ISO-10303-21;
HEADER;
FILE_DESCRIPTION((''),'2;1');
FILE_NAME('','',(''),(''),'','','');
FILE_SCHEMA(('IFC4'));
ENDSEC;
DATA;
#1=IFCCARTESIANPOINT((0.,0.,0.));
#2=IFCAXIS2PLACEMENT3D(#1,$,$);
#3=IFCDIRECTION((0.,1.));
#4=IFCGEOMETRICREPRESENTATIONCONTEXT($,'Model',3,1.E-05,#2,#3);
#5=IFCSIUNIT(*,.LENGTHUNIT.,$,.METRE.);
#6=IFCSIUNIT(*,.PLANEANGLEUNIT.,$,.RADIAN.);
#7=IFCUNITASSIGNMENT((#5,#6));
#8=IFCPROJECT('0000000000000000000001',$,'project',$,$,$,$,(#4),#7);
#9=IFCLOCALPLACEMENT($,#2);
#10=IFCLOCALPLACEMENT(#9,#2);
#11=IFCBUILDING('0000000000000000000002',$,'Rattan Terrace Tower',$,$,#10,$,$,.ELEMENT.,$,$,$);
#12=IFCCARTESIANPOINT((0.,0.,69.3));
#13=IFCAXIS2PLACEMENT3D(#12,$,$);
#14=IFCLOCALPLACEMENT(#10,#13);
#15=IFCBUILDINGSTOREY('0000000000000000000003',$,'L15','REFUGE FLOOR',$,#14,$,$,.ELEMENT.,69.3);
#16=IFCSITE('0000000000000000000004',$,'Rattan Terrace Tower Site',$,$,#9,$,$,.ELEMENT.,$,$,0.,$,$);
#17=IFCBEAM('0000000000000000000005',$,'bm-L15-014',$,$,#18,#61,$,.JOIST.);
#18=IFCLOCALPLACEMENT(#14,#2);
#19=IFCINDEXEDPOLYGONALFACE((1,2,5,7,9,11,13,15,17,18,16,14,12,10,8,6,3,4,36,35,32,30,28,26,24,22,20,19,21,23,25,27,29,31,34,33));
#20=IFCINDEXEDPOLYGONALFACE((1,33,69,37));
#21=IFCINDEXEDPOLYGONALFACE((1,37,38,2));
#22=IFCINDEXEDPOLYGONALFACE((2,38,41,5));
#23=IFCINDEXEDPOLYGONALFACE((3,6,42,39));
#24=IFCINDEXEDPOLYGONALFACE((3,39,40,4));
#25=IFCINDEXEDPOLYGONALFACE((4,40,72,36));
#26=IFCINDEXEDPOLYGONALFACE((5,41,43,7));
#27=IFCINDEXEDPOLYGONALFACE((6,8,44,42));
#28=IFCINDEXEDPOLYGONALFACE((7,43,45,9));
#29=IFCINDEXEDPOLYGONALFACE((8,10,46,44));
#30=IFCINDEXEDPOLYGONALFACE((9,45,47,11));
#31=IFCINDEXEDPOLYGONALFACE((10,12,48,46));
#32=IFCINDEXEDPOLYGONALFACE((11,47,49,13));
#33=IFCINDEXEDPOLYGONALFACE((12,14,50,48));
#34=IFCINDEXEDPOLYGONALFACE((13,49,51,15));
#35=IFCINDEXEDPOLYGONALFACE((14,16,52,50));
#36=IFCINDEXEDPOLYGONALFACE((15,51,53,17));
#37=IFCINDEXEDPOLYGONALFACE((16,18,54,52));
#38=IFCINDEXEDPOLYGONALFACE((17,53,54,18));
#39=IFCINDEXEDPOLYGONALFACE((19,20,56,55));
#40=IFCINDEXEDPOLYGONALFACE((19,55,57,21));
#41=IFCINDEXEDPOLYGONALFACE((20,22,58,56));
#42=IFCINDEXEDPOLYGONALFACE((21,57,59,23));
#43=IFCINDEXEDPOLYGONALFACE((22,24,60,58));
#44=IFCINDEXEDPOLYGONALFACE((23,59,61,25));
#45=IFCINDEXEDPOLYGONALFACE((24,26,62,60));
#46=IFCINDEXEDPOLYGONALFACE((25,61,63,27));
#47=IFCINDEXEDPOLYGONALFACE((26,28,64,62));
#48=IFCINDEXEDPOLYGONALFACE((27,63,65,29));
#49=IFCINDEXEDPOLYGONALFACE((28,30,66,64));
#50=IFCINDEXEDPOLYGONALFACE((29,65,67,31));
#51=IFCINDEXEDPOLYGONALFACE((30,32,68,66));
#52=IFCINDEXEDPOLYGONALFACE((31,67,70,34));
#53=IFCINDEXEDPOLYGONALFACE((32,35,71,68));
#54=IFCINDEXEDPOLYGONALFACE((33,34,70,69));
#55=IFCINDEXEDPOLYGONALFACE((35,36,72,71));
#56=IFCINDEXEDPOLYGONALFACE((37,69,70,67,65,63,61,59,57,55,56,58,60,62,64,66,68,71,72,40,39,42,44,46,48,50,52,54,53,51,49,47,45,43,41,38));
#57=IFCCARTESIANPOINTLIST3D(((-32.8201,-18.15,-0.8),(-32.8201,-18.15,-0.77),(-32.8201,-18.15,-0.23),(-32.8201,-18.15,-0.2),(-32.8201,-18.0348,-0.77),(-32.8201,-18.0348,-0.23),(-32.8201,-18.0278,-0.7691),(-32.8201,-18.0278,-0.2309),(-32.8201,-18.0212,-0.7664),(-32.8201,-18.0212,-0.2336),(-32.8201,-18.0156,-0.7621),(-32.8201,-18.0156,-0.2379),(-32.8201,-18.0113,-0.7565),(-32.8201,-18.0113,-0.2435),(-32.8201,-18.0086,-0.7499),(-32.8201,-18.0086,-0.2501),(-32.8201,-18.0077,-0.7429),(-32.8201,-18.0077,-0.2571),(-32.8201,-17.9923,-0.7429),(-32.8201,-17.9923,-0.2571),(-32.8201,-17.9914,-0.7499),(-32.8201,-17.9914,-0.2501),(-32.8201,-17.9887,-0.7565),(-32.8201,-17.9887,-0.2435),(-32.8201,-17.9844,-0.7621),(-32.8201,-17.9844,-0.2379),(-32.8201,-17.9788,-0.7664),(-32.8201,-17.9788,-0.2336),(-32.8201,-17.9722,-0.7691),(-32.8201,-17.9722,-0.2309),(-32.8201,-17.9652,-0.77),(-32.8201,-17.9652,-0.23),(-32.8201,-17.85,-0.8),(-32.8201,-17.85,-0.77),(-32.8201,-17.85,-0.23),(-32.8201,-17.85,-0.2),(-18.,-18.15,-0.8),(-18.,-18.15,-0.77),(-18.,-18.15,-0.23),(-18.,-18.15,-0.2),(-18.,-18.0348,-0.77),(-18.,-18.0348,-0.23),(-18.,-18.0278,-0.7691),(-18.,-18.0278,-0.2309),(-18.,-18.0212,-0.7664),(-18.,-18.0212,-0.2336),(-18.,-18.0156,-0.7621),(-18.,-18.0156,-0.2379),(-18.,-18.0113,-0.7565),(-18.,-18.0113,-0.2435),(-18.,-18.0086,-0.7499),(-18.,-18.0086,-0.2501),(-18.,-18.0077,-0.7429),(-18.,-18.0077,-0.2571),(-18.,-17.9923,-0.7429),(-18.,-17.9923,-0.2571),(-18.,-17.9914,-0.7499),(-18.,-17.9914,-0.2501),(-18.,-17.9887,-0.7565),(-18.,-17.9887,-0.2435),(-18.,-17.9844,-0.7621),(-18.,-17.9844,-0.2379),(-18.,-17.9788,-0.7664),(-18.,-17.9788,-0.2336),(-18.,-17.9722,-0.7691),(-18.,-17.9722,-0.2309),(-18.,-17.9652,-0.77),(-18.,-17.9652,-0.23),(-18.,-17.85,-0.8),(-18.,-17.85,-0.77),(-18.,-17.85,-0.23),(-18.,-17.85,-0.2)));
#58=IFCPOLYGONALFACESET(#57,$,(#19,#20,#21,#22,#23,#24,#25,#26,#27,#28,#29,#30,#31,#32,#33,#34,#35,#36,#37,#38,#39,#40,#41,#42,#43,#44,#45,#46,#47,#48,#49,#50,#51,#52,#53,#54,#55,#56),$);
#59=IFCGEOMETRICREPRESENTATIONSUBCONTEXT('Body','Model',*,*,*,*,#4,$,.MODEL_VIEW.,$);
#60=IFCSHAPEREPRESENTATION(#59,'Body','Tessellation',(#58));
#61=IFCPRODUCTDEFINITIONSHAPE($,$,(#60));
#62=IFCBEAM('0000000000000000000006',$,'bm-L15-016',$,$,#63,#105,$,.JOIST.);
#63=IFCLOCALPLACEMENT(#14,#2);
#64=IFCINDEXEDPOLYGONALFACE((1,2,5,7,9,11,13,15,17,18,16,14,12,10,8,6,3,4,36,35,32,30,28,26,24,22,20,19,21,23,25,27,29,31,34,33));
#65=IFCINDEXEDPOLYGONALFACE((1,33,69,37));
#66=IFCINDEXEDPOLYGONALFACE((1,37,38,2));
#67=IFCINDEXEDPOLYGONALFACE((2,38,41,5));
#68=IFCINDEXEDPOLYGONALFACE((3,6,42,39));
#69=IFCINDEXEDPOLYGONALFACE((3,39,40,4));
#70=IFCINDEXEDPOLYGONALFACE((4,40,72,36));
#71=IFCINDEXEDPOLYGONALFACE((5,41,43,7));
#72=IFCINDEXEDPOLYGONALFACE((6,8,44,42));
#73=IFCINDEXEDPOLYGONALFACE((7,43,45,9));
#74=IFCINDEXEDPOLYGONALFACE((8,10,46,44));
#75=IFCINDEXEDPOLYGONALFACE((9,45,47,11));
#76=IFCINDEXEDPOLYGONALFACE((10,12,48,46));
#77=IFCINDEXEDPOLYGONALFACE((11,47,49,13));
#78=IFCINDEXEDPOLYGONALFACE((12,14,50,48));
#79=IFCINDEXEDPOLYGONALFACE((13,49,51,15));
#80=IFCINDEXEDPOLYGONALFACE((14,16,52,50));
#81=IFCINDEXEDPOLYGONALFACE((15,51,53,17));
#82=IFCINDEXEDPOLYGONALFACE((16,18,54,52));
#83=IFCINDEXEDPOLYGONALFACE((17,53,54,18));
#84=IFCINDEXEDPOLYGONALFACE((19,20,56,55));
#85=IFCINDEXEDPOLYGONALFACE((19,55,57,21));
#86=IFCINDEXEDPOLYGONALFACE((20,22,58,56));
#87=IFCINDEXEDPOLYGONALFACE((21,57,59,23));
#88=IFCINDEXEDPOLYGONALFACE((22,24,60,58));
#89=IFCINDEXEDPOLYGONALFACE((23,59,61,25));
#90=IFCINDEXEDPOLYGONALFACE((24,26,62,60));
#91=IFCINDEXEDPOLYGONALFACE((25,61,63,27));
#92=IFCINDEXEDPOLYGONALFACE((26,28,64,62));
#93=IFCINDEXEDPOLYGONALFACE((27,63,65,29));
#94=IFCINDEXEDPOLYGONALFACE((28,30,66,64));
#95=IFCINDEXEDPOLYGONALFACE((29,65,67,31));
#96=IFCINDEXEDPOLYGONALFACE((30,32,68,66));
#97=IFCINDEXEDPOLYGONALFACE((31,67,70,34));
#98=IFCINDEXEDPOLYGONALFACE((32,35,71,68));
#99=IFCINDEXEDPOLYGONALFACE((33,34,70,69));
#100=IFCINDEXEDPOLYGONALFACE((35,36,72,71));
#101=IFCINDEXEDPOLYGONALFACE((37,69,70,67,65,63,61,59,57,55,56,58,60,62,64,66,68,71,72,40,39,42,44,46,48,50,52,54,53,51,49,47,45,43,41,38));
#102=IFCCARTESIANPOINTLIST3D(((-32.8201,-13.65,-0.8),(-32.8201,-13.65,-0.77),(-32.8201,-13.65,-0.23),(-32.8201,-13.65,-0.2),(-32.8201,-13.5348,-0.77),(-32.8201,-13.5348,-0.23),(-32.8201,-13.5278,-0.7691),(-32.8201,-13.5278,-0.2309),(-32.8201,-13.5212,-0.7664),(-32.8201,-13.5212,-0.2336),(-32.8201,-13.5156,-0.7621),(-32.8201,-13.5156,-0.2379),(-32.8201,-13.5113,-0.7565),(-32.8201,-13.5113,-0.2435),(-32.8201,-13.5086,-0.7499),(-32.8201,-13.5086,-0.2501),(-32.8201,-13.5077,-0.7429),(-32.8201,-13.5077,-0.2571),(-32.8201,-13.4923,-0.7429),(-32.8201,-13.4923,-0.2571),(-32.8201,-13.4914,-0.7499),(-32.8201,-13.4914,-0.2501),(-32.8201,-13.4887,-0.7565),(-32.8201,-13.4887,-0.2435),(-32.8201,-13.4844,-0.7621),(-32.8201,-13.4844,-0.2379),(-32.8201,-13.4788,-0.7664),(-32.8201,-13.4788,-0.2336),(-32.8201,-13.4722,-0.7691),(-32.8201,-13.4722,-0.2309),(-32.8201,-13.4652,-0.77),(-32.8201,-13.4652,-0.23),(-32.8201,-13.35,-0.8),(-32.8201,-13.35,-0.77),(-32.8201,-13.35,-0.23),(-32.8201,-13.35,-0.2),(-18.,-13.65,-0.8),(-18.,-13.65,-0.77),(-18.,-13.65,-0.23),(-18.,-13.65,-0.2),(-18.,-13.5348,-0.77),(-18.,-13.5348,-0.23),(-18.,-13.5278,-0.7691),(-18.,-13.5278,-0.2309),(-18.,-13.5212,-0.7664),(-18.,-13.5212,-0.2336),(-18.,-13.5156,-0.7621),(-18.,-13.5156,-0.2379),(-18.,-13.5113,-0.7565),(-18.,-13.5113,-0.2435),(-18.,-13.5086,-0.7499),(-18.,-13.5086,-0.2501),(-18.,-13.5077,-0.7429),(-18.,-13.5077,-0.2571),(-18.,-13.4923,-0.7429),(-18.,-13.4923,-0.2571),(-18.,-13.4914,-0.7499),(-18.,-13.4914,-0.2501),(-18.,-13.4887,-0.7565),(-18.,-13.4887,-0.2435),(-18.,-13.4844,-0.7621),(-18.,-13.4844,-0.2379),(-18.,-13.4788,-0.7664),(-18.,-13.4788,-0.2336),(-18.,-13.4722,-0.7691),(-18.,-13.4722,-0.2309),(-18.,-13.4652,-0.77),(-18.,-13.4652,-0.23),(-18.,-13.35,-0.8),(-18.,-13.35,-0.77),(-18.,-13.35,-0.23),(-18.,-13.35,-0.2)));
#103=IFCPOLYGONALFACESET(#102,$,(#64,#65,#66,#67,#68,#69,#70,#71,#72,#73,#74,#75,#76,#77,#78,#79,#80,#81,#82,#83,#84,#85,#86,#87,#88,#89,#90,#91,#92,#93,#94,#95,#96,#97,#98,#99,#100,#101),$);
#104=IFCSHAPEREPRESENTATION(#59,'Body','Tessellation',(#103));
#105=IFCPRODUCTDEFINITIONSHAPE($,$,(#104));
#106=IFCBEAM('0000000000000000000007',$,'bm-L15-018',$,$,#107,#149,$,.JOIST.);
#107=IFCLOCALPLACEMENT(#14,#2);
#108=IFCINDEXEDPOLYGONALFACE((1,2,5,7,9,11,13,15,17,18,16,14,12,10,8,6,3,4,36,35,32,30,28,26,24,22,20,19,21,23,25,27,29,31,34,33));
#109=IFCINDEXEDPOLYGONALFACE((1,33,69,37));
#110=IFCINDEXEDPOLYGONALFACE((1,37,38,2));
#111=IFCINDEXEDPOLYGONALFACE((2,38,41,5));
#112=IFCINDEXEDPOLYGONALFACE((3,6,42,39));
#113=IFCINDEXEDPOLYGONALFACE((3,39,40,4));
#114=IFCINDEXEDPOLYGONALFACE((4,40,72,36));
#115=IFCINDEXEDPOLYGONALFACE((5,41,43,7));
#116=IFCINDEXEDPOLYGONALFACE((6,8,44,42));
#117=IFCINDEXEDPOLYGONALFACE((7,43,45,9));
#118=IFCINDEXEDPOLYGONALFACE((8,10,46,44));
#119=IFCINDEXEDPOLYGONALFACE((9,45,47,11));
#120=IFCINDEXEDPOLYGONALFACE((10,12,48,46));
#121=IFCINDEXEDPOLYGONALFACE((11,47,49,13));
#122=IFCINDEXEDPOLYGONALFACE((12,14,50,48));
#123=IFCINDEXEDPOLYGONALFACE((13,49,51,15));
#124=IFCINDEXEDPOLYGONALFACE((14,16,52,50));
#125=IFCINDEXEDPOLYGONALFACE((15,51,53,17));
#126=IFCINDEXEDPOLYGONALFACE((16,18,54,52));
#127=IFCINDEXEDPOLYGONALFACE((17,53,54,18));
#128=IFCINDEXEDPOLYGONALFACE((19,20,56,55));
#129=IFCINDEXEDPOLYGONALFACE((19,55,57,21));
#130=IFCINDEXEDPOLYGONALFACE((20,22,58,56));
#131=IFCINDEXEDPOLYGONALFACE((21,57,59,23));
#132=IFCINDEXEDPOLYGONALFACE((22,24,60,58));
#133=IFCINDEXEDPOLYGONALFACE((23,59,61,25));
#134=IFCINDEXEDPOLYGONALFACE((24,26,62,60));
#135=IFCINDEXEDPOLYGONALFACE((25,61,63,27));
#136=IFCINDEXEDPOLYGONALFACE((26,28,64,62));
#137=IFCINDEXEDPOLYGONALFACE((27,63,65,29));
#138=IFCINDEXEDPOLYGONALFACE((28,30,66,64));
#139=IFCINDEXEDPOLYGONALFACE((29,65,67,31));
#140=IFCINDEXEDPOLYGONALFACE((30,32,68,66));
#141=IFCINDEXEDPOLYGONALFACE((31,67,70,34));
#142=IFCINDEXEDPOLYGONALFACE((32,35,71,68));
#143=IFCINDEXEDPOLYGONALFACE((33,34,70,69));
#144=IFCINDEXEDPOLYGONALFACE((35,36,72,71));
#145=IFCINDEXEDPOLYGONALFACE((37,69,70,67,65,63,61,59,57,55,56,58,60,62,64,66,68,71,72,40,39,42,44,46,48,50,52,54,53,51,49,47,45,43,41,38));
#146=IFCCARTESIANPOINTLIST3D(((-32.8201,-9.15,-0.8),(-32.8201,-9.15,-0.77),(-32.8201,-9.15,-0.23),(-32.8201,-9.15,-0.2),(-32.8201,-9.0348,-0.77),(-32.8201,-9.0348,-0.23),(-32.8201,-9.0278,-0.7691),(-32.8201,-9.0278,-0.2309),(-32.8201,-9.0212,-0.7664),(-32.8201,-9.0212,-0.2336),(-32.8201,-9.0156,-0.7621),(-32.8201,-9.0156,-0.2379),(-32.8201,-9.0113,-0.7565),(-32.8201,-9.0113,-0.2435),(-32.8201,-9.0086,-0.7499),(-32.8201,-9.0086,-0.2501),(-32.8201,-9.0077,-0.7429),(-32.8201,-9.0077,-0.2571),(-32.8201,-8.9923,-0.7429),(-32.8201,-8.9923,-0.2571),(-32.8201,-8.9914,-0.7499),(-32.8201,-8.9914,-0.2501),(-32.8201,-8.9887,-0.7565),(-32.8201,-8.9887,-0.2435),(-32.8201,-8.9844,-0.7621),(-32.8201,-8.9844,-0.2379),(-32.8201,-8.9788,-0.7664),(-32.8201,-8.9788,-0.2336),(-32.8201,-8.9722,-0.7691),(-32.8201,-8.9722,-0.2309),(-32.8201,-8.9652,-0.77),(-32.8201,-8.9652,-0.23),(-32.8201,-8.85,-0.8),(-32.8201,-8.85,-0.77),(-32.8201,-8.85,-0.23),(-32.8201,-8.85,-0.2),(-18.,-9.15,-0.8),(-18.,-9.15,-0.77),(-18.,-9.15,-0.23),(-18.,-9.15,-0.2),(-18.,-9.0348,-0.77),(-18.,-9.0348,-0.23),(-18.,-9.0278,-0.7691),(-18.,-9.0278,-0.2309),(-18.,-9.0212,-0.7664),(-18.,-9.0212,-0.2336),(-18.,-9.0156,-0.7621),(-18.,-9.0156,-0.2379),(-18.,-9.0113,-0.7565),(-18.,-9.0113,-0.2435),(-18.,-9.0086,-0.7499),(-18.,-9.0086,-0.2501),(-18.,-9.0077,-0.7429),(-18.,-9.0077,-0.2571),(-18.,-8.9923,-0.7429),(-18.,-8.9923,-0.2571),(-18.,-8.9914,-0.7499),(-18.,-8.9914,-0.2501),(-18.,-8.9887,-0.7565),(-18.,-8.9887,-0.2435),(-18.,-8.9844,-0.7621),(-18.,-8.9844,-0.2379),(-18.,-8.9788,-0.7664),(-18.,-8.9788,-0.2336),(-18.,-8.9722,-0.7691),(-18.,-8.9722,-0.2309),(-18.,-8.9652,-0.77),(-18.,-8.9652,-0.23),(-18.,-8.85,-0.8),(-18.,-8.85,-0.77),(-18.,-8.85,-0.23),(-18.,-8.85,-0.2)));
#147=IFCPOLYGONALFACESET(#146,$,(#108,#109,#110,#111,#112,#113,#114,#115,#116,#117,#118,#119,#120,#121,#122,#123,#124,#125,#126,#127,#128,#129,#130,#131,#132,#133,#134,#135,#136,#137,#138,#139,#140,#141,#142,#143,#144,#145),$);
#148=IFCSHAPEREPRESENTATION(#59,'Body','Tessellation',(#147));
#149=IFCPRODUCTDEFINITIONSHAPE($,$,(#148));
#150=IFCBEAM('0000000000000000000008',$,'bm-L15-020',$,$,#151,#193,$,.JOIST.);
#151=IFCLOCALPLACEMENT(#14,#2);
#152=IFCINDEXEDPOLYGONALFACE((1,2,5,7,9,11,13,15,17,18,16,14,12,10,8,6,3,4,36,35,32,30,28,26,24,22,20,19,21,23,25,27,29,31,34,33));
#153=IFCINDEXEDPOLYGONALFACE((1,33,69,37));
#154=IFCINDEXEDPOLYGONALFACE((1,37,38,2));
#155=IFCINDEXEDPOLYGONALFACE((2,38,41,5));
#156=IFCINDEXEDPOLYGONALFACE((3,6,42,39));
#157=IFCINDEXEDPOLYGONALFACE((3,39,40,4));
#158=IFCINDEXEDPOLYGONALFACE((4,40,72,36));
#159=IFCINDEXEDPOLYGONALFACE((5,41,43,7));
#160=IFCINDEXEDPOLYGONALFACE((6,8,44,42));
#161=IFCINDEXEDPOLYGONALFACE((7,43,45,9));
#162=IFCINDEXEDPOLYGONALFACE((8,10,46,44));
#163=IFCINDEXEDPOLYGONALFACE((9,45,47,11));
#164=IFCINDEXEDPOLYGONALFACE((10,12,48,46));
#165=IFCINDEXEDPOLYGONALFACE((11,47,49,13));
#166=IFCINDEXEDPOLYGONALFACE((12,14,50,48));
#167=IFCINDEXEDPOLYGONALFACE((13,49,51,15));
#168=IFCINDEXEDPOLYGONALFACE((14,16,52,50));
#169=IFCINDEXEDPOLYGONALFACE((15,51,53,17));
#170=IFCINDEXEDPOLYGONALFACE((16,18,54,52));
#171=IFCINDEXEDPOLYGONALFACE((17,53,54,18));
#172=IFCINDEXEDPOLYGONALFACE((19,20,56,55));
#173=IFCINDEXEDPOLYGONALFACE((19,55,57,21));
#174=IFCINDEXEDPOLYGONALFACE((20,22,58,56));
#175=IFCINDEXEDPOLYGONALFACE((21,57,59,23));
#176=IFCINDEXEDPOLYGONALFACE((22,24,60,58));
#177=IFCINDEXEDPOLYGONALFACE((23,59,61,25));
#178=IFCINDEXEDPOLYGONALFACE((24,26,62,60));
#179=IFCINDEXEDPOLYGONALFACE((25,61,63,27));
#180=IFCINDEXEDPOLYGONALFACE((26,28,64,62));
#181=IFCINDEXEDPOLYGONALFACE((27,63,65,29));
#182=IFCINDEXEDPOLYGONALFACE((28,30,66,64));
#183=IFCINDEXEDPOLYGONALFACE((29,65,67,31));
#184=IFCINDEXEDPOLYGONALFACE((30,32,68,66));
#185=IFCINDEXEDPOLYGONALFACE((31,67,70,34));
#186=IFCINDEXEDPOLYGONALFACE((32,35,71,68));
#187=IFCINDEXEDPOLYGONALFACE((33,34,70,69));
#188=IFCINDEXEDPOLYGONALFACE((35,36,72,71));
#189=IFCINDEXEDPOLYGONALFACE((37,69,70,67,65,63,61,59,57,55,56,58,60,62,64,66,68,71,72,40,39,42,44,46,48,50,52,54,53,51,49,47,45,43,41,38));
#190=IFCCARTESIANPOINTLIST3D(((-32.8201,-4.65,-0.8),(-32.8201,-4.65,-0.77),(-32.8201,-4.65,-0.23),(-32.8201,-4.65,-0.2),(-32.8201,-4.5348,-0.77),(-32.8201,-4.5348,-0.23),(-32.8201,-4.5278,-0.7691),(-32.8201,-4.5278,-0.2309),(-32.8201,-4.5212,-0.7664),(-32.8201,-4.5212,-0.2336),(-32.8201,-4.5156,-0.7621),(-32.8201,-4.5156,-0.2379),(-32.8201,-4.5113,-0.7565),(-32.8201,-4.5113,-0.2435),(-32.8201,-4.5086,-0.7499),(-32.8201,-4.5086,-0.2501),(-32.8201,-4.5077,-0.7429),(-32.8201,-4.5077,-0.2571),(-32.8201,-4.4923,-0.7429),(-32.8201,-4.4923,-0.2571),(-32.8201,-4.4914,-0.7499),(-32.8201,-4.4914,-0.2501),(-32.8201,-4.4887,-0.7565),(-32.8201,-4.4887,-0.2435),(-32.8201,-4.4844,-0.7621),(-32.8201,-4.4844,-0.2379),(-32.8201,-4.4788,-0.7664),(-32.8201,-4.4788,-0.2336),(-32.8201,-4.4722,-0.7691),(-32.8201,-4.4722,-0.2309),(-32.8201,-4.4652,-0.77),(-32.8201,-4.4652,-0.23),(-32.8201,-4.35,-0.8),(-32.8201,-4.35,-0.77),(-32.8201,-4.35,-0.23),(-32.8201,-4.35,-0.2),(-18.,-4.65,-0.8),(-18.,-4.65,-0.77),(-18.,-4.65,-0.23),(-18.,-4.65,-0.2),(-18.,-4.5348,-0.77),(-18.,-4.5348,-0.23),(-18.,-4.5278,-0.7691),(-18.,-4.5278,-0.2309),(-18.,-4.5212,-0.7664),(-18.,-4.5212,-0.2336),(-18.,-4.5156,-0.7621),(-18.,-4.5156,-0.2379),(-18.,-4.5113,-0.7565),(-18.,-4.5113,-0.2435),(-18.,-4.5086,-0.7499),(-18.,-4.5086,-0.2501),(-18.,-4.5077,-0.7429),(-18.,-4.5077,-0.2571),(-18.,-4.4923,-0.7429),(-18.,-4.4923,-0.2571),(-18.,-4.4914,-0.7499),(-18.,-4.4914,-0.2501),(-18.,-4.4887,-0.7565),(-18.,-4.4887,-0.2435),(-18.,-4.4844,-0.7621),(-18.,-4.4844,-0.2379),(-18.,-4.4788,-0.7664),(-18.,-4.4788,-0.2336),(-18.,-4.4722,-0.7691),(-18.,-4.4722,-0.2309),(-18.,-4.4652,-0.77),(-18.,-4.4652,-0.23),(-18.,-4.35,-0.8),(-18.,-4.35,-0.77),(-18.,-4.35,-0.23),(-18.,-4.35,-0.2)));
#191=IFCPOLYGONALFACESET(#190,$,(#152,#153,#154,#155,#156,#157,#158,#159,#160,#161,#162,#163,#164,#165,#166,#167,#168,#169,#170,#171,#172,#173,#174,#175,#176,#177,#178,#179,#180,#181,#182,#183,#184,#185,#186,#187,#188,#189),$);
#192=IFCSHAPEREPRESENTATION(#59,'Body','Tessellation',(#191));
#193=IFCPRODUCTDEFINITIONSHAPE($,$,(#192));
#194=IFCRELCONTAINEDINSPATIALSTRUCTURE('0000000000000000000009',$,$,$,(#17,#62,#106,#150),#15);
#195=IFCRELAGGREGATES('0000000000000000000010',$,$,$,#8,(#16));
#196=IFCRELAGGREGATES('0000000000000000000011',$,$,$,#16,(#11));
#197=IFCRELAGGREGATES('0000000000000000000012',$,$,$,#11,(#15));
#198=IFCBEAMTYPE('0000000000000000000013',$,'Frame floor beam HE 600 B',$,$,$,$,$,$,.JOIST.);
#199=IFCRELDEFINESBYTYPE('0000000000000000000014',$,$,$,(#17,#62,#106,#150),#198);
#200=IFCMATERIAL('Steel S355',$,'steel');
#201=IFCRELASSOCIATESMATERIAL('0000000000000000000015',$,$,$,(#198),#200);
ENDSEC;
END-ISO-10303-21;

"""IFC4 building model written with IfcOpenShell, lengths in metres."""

from ifc_helpers import new_model, si_unit, direction, frame, origin, origin_2d, place, context, subcontext, project, spatial, i_section, extrude, material, material_profile, profile_set, type_object, element, save


model = new_model("IFC4")

# Units and contexts
model_context = context("Model", 3, precision=1e-05, world=origin(), true_north=direction((0.0, 1.0)))
body_context = subcontext(model_context, "Body", "Model", "MODEL_VIEW")
ifc_project = project(units=[si_unit("LENGTHUNIT", "METRE"), si_unit("PLANEANGLEUNIT", "RADIAN")], contexts=[model_context])

# Site, building, storey
site_placement = place(None, origin())
site = spatial("IfcSite", under=ifc_project, at=site_placement, Name="Rattan Terrace Tower Site", CompositionType="ELEMENT", RefElevation=0.0)
building_placement = place(site_placement, origin())
building = spatial("IfcBuilding", under=site, at=building_placement, Name="Rattan Terrace Tower", CompositionType="ELEMENT")
storey_placement = place(building_placement, frame((0.0, 0.0, 69.3)))
storey = spatial("IfcBuildingStorey", under=building, at=storey_placement, Name="L15", Description="REFUGE FLOOR", CompositionType="ELEMENT", Elevation=69.3)

# Beams
ifc_material_1 = material(Name="Steel S355", Category="steel")
ifc_material_profile_1 = material_profile(ifc_material_1, i_section(OverallWidth=0.3, OverallDepth=0.6001, WebThickness=0.0154, FlangeThickness=0.03, FilletRadius=0.0271, at=origin_2d()), Name="HE 600 B")
ifc_profile_set_1 = profile_set([ifc_material_profile_1], Name="Steel S355")
beam_type_1 = type_object("IfcBeamType", Name="Frame floor beam HE 600 B", PredefinedType="JOIST", material=ifc_profile_set_1)
for number, where, z_axis, x_axis, name in (
    (1, (-32.8201, -18.0, -0.5), (1.0, 0.0, 0.0), (0.0, 1.0, 0.0), "bm-L15-014"),
    (2, (-32.8201, -13.5, -0.5), (1.0, 0.0, 0.0), (0.0, 1.0, 0.0), "bm-L15-016"),
    (3, (-32.8201, -9.0, -0.5), (1.0, 0.0, 0.0), (0.0, 1.0, 0.0), "bm-L15-018"),
    (4, (-32.8201, -4.5, -0.5), (1.0, 0.0, 0.0), (0.0, 1.0, 0.0), "bm-L15-020"),
):
    element("IfcBeam", number, at=place(storey_placement, frame(where, z_axis=z_axis, x_axis=x_axis)), inside=storey, type_object=beam_type_1, Name=name, PredefinedType="JOIST", context=body_context, shape_type="SweptSolid", body=[
        extrude(i_section(OverallWidth=0.3, OverallDepth=0.6001, WebThickness=0.0154, FlangeThickness=0.03, FilletRadius=0.0271, at=origin_2d()), origin(), (0.0, 0.0, 1.0), 14.8201),
    ])

save(model, "model.ifc")
